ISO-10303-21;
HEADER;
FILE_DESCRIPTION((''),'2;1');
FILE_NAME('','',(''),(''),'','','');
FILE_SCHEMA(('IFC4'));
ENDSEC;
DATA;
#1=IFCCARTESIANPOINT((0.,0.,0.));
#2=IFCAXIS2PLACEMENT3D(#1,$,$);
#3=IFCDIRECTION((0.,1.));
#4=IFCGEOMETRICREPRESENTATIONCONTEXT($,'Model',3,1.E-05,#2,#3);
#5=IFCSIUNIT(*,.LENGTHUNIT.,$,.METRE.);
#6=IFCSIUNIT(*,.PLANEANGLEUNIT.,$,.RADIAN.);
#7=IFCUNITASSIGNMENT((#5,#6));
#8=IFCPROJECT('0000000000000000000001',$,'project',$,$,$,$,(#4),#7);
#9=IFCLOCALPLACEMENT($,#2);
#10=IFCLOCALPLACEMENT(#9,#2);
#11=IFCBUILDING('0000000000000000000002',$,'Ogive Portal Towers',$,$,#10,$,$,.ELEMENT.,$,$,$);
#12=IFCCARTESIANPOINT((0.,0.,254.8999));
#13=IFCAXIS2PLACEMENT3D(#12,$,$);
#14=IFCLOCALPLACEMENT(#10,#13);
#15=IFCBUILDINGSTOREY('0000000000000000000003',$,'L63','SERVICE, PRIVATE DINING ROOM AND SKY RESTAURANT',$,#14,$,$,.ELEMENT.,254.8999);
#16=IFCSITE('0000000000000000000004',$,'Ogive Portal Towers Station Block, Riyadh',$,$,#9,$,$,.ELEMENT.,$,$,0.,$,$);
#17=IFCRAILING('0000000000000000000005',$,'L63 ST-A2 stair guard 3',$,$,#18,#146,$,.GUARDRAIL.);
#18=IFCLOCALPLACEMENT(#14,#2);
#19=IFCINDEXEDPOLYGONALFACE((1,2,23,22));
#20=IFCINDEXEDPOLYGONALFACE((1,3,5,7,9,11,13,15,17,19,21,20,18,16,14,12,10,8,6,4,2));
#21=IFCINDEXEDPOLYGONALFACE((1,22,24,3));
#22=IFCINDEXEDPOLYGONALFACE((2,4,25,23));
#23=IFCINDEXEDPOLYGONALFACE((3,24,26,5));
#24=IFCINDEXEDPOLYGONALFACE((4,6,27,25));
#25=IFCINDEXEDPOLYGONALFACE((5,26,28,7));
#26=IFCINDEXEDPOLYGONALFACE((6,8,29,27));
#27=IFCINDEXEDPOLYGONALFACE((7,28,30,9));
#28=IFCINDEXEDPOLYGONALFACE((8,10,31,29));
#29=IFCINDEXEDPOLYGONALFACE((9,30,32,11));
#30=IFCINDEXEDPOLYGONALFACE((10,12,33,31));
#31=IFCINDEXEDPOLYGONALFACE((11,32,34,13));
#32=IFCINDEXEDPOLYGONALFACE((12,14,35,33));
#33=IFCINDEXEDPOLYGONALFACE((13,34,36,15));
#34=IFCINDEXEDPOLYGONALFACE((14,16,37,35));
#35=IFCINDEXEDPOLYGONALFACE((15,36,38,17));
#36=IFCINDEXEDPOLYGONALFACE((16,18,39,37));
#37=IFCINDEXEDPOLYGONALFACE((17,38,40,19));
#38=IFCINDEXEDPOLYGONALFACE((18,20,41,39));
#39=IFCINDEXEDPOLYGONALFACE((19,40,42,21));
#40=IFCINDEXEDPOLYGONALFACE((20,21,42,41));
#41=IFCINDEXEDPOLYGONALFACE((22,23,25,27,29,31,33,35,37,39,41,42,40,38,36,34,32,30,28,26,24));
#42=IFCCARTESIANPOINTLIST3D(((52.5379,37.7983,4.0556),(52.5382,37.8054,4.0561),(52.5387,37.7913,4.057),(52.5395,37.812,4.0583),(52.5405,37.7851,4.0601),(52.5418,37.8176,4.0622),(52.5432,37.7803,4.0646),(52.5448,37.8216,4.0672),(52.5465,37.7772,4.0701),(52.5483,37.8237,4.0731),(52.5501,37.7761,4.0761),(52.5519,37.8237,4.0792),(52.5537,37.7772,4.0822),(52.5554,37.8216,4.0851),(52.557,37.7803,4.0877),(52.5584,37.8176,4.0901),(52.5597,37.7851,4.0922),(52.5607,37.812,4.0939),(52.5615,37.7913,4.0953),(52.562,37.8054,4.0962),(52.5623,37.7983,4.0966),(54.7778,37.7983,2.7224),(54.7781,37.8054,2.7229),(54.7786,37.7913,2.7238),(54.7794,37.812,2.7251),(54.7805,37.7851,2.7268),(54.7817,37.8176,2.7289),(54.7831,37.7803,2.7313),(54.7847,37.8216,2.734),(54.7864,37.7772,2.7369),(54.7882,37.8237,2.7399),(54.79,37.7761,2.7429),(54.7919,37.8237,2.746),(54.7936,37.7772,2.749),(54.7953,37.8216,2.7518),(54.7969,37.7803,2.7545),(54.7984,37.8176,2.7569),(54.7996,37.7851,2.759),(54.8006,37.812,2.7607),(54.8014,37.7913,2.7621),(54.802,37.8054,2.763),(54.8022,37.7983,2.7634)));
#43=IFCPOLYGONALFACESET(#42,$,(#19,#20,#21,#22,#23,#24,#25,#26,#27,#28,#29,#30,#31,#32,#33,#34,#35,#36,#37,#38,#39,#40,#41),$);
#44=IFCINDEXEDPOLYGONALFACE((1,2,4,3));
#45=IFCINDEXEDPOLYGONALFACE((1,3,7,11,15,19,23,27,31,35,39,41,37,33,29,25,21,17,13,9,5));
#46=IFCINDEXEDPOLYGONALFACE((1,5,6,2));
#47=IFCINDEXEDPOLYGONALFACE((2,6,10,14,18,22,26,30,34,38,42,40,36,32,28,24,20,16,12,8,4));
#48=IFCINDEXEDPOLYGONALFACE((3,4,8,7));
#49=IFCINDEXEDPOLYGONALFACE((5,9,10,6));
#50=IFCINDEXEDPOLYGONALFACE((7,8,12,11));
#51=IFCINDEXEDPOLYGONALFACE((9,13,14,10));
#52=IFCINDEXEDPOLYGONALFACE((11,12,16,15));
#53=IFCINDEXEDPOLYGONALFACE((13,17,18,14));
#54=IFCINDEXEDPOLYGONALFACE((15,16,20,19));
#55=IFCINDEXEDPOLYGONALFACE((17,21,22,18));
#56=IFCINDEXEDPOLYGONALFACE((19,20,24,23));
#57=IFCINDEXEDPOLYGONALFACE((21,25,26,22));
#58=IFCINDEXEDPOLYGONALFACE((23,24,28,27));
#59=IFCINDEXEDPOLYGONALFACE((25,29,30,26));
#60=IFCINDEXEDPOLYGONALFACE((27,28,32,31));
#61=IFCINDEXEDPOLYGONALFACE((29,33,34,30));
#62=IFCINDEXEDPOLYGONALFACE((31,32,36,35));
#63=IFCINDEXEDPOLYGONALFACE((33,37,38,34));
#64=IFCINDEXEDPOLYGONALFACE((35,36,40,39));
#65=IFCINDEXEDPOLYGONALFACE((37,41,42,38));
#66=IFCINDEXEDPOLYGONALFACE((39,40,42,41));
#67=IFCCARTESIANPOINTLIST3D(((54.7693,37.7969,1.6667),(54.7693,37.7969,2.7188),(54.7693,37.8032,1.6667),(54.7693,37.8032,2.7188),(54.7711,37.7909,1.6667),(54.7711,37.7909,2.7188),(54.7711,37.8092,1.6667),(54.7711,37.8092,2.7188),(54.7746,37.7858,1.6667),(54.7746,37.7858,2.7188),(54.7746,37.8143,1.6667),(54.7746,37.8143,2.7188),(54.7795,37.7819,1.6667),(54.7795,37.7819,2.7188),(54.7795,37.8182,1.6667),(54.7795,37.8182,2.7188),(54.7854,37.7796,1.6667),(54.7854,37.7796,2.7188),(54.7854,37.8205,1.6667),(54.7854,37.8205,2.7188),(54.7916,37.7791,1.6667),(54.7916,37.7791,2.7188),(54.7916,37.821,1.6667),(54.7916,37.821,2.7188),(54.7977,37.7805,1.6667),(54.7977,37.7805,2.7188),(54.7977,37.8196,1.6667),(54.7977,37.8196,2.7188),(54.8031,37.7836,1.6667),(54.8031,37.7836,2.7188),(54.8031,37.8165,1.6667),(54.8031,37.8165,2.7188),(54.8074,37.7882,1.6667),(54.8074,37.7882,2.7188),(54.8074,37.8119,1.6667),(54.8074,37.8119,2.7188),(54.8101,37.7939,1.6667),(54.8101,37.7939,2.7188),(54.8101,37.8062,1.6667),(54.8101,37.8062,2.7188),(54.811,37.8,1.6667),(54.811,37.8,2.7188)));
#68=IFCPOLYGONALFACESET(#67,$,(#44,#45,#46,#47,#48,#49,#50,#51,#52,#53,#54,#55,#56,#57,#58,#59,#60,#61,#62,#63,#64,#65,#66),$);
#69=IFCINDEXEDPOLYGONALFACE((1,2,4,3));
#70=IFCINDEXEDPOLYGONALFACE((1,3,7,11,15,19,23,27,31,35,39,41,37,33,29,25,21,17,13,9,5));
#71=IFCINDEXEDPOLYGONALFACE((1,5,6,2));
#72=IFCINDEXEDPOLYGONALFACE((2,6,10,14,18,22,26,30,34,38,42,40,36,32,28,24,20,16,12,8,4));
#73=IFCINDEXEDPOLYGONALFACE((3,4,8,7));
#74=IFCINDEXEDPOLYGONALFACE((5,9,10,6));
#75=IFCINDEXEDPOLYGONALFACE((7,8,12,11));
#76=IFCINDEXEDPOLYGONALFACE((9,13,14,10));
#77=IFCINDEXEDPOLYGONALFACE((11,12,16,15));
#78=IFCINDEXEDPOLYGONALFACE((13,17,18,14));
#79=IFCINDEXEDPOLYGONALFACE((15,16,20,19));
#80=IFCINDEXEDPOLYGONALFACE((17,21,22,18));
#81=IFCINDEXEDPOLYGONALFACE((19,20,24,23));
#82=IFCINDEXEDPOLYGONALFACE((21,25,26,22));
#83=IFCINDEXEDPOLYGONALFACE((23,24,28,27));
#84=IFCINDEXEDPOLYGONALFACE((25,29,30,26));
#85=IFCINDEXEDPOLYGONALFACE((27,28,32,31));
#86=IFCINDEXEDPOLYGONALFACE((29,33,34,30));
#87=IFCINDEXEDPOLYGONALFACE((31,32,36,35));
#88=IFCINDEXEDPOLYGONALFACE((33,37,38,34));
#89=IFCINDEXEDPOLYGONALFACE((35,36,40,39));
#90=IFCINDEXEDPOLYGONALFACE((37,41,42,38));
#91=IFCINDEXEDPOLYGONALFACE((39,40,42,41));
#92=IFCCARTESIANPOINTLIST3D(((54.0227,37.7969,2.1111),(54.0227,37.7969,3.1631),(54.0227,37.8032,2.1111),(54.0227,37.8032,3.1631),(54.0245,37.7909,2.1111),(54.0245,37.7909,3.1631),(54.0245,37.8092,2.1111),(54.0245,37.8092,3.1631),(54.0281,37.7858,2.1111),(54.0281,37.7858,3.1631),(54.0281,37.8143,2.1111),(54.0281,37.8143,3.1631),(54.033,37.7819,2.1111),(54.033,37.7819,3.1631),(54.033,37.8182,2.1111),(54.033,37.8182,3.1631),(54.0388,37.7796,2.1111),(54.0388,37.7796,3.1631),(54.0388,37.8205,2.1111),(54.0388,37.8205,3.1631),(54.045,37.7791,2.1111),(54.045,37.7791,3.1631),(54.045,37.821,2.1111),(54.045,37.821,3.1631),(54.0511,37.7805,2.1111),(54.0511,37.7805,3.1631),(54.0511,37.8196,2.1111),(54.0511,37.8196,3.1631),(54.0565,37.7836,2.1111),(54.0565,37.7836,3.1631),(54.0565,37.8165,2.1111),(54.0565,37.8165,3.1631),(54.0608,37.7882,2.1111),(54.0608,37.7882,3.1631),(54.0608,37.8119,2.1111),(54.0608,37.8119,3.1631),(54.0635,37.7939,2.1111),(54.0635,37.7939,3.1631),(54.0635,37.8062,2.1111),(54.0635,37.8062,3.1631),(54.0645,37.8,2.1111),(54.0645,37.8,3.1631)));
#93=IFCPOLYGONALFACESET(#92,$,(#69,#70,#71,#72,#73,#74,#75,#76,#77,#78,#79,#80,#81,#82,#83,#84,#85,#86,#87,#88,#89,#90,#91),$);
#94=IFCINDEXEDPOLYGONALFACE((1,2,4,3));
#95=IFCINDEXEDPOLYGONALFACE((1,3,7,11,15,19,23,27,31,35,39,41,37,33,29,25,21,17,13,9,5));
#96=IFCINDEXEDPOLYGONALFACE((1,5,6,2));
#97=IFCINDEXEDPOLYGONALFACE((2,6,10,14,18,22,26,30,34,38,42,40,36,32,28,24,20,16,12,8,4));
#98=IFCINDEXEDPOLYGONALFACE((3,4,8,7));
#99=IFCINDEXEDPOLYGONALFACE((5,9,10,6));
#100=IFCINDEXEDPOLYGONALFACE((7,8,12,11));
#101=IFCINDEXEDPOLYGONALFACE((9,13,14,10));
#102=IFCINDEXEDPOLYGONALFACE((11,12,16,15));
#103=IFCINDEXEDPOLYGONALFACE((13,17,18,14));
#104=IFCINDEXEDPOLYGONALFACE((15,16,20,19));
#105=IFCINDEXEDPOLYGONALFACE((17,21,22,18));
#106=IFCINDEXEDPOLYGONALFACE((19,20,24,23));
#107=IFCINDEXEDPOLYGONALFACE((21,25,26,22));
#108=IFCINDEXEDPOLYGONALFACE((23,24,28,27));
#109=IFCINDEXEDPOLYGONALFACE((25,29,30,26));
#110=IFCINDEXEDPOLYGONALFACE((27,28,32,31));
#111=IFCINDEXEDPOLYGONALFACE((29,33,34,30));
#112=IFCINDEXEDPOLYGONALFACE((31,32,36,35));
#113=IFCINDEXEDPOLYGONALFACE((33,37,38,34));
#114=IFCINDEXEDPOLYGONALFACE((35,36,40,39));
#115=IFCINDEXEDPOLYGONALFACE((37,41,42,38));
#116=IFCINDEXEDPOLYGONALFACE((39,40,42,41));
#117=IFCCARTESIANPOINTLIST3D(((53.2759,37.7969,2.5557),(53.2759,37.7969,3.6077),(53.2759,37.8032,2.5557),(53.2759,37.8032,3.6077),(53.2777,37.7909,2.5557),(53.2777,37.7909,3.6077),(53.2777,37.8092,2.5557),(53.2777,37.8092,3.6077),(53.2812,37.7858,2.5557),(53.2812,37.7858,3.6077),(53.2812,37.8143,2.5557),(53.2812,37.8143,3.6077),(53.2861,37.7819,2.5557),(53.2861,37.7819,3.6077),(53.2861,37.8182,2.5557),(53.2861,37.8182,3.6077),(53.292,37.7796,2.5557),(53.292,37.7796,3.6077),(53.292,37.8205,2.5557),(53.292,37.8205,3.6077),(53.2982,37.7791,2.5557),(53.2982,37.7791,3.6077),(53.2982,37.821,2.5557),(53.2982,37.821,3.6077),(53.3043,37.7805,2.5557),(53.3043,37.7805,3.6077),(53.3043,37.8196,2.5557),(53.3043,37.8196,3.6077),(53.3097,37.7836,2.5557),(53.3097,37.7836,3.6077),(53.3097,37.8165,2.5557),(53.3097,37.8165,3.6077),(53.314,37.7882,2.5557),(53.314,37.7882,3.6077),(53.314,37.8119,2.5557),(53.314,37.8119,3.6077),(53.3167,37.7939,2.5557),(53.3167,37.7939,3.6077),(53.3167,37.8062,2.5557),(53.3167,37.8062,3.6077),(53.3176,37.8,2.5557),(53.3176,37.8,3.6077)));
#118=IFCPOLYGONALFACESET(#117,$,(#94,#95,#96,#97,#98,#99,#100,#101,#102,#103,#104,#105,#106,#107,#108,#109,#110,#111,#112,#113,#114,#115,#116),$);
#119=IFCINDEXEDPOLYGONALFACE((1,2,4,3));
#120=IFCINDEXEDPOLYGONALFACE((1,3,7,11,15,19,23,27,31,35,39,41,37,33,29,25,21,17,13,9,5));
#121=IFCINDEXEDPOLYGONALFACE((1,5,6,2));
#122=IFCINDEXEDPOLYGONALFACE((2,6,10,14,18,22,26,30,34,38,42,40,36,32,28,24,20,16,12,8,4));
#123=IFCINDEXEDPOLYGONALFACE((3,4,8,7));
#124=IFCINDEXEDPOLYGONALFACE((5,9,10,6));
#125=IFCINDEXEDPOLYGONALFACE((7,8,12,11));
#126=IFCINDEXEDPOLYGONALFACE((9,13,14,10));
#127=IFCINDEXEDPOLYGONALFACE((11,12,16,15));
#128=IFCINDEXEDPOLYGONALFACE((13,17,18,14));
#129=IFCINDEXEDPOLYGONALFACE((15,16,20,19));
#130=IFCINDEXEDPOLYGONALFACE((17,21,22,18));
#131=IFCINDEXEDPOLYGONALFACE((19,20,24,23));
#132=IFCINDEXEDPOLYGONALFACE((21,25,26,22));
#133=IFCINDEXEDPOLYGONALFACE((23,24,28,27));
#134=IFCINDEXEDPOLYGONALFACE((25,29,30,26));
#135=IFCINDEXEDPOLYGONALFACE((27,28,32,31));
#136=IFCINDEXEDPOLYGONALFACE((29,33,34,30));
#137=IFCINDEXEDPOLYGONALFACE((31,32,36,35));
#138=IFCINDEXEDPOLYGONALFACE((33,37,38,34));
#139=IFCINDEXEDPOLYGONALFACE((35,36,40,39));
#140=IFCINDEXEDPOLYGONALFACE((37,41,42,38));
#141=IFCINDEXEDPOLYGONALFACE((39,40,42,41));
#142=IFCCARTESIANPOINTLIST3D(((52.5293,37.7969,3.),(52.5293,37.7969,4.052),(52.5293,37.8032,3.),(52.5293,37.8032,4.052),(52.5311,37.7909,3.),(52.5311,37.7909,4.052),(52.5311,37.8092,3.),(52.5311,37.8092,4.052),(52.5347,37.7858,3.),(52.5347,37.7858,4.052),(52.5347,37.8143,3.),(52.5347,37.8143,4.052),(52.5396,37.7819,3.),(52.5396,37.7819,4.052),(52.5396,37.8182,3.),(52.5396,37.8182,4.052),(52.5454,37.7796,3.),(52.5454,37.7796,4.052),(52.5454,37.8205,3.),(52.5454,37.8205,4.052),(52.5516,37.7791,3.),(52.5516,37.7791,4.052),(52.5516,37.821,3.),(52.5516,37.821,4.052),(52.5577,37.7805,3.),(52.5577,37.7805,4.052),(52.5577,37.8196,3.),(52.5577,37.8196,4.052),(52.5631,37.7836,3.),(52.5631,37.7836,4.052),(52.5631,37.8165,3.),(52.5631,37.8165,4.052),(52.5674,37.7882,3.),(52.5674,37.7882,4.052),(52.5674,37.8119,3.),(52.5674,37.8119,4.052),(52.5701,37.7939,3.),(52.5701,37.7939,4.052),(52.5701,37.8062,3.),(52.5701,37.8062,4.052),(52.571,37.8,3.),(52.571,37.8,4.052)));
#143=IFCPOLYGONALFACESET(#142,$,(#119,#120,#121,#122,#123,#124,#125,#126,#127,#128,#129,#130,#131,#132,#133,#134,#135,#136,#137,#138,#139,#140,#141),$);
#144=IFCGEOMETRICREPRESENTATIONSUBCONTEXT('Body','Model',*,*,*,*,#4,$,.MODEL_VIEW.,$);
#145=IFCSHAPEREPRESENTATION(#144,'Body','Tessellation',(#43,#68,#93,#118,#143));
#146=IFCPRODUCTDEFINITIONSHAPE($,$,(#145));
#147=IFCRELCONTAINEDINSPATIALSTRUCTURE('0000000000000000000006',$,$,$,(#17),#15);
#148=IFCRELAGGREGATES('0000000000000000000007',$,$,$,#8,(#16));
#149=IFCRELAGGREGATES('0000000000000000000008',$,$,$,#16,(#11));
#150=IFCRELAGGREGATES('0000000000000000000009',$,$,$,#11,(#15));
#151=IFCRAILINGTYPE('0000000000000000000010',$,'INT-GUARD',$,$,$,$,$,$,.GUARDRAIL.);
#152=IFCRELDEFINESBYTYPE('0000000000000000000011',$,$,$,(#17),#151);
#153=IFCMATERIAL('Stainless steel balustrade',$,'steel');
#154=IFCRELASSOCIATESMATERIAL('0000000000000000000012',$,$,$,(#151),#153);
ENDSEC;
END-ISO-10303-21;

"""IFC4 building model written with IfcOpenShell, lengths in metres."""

from ifc_helpers import new_model, si_unit, direction, frame, origin, origin_2d, place, context, subcontext, project, spatial, circle, extrude, material, type_object, element, save


model = new_model("IFC4")

# Units and contexts
model_context = context("Model", 3, precision=1e-05, world=origin(), true_north=direction((0.0, 1.0)))
body_context = subcontext(model_context, "Body", "Model", "MODEL_VIEW")
ifc_project = project(units=[si_unit("LENGTHUNIT", "METRE"), si_unit("PLANEANGLEUNIT", "RADIAN")], contexts=[model_context])

# Site, building, storey
site_placement = place(None, origin())
site = spatial("IfcSite", under=ifc_project, at=site_placement, Name="Ogive Portal Towers Station Block, Riyadh", CompositionType="ELEMENT", RefElevation=0.0)
building_placement = place(site_placement, origin())
building = spatial("IfcBuilding", under=site, at=building_placement, Name="Ogive Portal Towers", CompositionType="ELEMENT")
storey_placement = place(building_placement, frame((0.0, 0.0, 254.8999)))
storey = spatial("IfcBuildingStorey", under=building, at=storey_placement, Name="L63", Description="SERVICE, PRIVATE DINING ROOM AND SKY RESTAURANT", CompositionType="ELEMENT", Elevation=254.8999)

# Railing
ifc_material_1 = material(Name="Stainless steel balustrade", Category="steel")
railing_type_1 = type_object("IfcRailingType", Name="INT-GUARD", PredefinedType="GUARDRAIL", material=ifc_material_1)
railing_1_placement = place(storey_placement, frame((54.79, 37.8, 1.6667)))
element("IfcRailing", 1, at=railing_1_placement, inside=storey, type_object=railing_type_1, Name="L63 ST-A2 stair guard 3", PredefinedType="GUARDRAIL", context=body_context, shape_type="SweptSolid", body=[
    extrude(circle(Radius=0.0239, at=origin_2d()), frame((0.0, 0.0, 1.0762), z_axis=(-0.859306, 0.0, 0.511462), x_axis=(0.0, -1.0, 0.0)), (0.0, 0.0, 1.0), 2.6067),
    extrude(circle(Radius=0.021, at=origin_2d()), origin(), (0.0, 0.0, 1.0), 1.052),
    extrude(circle(Radius=0.021, at=origin_2d()), frame((-0.7466, 0.0, 0.4443)), (0.0, 0.0, 1.0), 1.052),
    extrude(circle(Radius=0.021, at=origin_2d()), frame((-1.4934, 0.0, 0.8889)), (0.0, 0.0, 1.0), 1.052),
    extrude(circle(Radius=0.021, at=origin_2d()), frame((-2.24, 0.0, 1.3333)), (0.0, 0.0, 1.0), 1.052),
])

save(model, "model.ifc")
